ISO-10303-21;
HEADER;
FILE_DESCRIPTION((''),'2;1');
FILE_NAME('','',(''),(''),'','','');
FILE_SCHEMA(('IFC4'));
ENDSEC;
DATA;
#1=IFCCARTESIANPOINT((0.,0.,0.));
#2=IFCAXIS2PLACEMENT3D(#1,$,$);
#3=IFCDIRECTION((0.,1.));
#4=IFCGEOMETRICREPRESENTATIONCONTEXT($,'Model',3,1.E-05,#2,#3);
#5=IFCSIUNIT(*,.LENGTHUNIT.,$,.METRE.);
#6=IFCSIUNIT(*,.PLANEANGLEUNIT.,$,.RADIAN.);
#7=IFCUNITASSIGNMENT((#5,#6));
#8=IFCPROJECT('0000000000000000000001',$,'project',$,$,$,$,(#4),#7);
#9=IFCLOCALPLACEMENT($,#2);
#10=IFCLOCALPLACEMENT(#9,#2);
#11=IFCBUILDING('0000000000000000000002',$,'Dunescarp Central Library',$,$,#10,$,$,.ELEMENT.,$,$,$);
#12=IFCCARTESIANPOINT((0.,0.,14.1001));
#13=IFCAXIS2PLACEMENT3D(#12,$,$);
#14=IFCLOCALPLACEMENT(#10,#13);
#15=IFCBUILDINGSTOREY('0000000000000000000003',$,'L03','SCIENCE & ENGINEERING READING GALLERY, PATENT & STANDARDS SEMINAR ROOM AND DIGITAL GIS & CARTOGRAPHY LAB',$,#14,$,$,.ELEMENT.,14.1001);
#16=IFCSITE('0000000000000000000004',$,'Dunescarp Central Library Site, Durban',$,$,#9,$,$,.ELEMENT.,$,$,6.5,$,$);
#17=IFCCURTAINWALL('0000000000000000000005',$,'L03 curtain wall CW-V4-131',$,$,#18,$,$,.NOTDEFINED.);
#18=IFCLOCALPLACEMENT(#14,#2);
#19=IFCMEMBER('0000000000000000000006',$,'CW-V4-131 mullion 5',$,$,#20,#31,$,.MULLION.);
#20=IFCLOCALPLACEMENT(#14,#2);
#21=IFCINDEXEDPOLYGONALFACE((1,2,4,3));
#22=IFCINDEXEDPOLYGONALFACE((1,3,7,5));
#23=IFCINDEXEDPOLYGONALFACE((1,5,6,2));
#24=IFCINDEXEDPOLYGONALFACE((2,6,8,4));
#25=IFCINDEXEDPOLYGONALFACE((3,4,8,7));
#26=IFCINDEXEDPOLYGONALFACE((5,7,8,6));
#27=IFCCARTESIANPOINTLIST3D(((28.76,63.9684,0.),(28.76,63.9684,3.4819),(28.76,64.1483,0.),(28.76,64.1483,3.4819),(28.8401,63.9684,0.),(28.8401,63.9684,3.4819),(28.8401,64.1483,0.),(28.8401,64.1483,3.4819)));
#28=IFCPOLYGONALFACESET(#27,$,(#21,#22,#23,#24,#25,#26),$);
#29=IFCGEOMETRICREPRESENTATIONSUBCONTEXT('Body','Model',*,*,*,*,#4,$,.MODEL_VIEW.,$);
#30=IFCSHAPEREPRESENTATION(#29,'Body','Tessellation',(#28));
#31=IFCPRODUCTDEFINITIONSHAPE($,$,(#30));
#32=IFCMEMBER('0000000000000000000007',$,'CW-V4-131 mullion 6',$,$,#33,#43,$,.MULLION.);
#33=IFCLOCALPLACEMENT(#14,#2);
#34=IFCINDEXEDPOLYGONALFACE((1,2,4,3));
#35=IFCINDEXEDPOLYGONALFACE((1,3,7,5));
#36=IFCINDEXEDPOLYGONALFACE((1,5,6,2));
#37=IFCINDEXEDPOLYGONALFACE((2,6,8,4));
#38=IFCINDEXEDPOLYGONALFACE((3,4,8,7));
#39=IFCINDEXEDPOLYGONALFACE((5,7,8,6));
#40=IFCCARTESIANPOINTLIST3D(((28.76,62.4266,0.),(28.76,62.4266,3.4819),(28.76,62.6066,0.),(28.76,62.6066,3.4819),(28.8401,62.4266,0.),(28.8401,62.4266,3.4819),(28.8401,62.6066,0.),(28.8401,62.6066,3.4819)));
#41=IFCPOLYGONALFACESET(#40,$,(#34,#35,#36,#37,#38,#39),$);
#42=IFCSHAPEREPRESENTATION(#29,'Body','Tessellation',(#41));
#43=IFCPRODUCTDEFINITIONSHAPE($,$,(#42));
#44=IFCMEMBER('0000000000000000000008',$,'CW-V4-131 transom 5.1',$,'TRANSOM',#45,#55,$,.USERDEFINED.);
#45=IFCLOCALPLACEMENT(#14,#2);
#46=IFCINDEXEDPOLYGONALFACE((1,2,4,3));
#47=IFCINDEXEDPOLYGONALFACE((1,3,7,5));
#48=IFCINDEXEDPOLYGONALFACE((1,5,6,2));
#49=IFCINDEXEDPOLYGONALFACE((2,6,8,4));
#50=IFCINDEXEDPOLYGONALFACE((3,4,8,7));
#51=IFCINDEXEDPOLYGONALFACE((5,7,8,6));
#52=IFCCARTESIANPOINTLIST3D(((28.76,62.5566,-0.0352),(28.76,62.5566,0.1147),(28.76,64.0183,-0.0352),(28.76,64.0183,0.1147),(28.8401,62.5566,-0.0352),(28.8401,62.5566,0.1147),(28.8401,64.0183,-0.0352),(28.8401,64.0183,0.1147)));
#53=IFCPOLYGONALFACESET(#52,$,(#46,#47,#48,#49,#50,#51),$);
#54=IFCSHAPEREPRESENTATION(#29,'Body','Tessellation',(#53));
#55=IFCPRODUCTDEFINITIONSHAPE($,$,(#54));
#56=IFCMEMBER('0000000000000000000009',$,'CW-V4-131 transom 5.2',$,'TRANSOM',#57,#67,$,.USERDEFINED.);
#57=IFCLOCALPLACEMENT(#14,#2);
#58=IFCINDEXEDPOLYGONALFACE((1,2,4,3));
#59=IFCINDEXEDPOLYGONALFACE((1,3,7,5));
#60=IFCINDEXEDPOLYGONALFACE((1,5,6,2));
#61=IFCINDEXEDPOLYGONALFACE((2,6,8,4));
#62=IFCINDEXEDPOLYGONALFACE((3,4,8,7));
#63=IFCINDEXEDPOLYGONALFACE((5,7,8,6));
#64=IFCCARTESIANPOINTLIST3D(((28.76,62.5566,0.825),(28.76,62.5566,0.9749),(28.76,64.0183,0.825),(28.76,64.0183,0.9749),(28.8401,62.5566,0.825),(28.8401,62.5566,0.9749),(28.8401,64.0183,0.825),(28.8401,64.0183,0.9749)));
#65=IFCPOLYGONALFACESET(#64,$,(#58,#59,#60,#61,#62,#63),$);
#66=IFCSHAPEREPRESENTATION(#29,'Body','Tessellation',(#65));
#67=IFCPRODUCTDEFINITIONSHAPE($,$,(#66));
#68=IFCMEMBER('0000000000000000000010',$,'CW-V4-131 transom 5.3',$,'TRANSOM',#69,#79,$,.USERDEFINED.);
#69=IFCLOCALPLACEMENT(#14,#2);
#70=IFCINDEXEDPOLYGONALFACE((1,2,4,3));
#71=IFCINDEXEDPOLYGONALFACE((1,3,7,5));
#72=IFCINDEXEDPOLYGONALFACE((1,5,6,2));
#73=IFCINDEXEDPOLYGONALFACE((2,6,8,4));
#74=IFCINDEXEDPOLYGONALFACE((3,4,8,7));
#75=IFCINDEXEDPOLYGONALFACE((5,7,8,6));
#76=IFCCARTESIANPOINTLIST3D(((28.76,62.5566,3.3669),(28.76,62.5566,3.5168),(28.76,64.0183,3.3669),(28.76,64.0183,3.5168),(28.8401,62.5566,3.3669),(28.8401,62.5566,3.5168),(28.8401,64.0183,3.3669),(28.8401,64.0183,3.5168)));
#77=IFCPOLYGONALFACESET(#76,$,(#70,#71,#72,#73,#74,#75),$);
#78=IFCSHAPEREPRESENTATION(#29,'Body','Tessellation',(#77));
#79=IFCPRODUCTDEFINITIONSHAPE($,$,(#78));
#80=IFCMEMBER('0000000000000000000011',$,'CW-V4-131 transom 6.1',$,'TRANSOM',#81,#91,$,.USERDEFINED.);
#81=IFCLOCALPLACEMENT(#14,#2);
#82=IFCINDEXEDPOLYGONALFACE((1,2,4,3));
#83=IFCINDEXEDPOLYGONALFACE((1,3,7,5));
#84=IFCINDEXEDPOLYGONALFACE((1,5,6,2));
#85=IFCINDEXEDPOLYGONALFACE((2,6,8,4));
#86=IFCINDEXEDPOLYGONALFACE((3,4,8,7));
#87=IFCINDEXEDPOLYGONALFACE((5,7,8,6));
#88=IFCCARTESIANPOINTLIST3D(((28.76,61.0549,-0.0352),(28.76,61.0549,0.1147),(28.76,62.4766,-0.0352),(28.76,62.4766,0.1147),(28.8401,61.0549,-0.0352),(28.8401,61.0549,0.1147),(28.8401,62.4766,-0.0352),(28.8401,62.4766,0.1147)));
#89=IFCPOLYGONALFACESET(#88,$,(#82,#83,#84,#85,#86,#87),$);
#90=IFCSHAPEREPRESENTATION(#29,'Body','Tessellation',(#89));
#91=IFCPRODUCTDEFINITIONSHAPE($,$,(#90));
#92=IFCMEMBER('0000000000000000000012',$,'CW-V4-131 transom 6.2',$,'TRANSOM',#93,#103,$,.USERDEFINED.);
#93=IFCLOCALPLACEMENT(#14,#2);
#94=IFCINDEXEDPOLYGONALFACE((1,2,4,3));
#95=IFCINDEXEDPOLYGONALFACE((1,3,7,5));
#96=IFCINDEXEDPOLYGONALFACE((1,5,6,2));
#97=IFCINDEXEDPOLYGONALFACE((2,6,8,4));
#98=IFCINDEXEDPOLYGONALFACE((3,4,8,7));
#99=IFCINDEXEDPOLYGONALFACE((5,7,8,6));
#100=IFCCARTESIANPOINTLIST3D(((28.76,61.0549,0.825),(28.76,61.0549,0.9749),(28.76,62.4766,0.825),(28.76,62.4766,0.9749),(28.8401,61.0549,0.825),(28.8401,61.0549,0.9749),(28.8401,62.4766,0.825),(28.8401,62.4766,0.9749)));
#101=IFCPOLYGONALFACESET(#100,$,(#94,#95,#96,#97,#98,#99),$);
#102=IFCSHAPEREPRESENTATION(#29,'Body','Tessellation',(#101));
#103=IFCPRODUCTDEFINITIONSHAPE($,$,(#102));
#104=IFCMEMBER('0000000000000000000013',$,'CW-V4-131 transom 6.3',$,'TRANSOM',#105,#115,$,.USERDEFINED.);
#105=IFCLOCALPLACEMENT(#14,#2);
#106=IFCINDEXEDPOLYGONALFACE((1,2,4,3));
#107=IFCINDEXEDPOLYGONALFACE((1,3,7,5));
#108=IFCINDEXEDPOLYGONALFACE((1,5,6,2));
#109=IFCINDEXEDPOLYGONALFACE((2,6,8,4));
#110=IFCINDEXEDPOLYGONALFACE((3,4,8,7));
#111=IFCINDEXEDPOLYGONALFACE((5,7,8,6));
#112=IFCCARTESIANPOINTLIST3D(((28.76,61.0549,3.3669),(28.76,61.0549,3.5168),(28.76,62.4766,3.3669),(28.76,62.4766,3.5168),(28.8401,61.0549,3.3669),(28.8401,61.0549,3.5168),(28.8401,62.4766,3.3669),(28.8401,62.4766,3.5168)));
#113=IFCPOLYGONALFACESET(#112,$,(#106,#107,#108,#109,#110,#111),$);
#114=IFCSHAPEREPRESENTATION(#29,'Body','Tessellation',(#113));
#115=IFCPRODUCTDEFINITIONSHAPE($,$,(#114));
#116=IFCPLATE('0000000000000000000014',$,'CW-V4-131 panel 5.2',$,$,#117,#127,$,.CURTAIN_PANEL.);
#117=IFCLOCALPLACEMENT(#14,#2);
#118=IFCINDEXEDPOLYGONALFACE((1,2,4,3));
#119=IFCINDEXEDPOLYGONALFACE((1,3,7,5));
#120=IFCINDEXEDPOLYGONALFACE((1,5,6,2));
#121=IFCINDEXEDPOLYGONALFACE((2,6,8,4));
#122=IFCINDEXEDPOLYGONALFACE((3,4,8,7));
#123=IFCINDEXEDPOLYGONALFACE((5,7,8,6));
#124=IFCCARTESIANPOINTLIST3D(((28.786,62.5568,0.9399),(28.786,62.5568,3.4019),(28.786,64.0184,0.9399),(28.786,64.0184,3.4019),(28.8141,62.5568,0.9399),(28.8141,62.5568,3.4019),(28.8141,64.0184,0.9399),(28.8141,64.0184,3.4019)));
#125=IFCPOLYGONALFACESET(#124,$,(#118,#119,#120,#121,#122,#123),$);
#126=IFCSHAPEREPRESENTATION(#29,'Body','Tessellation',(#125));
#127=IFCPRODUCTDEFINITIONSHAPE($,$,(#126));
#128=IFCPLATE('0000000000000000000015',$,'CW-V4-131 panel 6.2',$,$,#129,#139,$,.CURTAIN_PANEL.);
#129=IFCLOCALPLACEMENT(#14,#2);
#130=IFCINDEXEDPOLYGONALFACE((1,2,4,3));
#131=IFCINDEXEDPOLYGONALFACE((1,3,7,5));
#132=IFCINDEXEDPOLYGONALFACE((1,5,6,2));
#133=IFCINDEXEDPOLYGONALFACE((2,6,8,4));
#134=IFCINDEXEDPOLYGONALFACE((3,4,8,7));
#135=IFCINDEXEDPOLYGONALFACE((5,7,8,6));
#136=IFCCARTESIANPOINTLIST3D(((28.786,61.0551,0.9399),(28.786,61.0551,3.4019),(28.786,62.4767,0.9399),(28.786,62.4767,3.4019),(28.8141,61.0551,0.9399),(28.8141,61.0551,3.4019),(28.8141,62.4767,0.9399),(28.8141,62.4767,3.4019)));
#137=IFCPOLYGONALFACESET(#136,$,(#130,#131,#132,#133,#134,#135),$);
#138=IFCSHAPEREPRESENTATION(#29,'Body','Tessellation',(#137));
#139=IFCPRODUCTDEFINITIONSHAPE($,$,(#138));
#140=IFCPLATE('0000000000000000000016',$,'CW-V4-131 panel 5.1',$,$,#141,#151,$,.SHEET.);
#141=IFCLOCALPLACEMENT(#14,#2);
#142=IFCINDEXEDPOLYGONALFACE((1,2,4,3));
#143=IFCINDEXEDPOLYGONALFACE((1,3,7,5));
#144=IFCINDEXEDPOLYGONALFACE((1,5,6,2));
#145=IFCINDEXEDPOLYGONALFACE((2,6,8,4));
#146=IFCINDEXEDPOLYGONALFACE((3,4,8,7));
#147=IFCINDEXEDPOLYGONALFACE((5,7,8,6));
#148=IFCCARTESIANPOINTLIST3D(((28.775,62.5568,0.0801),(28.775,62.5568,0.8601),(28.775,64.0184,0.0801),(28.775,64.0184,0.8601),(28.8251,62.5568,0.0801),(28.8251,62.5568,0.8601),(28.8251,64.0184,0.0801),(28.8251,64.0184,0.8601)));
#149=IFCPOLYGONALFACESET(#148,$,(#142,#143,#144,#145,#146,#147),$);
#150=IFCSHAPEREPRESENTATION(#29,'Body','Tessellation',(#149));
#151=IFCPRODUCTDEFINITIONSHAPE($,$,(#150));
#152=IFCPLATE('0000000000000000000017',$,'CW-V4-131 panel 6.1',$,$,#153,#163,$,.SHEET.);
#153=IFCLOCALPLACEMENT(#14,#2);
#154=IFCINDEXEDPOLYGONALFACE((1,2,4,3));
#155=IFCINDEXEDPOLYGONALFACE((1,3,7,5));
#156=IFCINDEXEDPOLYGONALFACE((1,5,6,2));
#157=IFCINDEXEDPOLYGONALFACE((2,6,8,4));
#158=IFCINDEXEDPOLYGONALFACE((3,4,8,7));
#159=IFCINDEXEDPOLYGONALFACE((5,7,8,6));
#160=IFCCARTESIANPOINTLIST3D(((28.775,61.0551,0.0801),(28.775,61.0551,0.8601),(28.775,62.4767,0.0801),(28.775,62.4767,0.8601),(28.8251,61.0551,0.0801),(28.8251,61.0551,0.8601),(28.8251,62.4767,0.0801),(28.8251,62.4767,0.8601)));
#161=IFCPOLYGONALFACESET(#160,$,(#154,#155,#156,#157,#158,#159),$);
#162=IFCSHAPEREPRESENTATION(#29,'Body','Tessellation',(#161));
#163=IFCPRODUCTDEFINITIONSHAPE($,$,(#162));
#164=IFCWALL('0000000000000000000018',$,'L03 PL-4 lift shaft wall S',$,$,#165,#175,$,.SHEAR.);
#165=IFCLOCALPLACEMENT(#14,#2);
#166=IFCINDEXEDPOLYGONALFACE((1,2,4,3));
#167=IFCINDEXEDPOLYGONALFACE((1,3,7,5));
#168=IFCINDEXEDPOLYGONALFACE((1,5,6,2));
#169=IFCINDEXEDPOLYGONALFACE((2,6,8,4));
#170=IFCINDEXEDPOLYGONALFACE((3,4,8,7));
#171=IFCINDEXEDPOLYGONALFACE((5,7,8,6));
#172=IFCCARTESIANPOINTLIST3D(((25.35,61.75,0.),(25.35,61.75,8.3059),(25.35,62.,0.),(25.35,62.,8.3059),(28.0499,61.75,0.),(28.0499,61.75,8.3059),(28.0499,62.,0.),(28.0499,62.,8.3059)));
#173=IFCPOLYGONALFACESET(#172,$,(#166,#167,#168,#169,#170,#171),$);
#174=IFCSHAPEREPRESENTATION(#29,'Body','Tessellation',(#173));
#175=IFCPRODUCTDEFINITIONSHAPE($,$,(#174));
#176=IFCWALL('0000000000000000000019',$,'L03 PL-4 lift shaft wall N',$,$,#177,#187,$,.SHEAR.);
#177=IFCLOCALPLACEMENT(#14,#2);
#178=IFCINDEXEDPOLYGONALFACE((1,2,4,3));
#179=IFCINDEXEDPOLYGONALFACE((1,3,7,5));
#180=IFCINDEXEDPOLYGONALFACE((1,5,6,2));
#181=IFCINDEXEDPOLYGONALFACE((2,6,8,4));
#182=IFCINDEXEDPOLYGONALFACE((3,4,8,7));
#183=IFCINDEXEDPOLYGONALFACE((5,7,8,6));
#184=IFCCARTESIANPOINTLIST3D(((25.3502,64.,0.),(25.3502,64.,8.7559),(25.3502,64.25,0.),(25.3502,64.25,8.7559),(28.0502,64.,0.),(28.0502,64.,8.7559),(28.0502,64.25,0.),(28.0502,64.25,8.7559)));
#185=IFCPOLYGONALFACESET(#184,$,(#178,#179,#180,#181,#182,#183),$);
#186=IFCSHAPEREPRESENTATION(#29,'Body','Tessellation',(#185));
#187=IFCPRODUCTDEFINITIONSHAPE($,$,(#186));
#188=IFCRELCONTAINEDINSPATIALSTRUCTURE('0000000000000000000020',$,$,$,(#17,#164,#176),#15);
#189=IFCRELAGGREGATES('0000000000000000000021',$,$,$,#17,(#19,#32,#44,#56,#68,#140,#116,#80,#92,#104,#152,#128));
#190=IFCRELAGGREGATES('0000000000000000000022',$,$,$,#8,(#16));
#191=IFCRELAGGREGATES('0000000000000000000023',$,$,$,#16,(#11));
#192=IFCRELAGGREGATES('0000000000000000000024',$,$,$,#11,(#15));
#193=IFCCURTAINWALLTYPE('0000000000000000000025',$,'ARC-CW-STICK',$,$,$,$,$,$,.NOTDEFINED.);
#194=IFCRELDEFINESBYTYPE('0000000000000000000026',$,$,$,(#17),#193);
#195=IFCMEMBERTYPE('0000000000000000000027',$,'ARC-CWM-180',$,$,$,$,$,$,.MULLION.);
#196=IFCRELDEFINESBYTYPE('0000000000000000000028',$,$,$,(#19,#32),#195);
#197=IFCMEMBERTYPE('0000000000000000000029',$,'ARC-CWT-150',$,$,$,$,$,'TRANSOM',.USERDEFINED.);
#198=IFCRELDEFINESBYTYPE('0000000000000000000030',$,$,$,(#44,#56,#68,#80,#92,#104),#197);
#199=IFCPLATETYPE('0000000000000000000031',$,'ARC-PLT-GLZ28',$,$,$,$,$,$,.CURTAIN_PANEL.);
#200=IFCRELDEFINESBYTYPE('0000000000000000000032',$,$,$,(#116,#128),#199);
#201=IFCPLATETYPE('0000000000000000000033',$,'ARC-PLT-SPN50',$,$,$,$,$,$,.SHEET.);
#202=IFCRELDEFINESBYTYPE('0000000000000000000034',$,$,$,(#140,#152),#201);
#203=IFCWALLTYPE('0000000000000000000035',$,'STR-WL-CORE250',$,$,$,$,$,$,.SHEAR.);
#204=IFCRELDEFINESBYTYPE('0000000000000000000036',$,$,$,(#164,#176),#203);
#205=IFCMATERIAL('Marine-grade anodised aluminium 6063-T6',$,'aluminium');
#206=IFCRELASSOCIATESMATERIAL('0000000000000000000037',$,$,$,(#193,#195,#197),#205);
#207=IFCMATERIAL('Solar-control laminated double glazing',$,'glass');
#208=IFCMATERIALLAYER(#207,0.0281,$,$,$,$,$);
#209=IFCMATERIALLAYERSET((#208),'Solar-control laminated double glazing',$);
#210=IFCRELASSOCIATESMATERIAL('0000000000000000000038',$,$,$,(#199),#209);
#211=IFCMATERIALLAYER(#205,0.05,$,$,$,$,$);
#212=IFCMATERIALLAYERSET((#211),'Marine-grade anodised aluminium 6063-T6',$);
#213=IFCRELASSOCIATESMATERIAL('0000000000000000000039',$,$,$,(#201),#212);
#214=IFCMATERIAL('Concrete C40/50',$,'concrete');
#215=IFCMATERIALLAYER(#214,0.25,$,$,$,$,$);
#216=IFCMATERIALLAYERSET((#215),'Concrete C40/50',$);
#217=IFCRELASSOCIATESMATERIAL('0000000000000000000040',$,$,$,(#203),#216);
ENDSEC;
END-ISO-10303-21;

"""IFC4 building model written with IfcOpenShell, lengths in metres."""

from ifc_helpers import new_model, si_unit, direction, frame, frame_2d, origin, origin_2d, place, context, subcontext, project, spatial, rectangle, extrude, material, layer, layer_set, material_profile, profile_set, type_object, element, aggregate, save


model = new_model("IFC4")

# Units and contexts
model_context = context("Model", 3, precision=1e-05, world=origin(), true_north=direction((0.0, 1.0)))
body_context = subcontext(model_context, "Body", "Model", "MODEL_VIEW")
ifc_project = project(units=[si_unit("LENGTHUNIT", "METRE"), si_unit("PLANEANGLEUNIT", "RADIAN")], contexts=[model_context])

# Site, building, storey
site_placement = place(None, origin())
site = spatial("IfcSite", under=ifc_project, at=site_placement, Name="Dunescarp Central Library Site, Durban", CompositionType="ELEMENT", RefElevation=6.5)
building_placement = place(site_placement, origin())
building = spatial("IfcBuilding", under=site, at=building_placement, Name="Dunescarp Central Library", CompositionType="ELEMENT")
storey_placement = place(building_placement, frame((0.0, 0.0, 14.1001)))
storey = spatial("IfcBuildingStorey", under=building, at=storey_placement, Name="L03", Description="SCIENCE & ENGINEERING READING GALLERY, PATENT & STANDARDS SEMINAR ROOM AND DIGITAL GIS & CARTOGRAPHY LAB", CompositionType="ELEMENT", Elevation=14.1001)

# Curtain wall, members, plates
ifc_material_1 = material(Name="Marine-grade anodised aluminium 6063-T6", Category="aluminium")
curtain_wall_type = type_object("IfcCurtainWallType", Name="ARC-CW-STICK", PredefinedType="NOTDEFINED", material=ifc_material_1)
curtain_wall_placement = place(storey_placement, origin())
curtain_wall = element("IfcCurtainWall", 1, at=curtain_wall_placement, inside=storey, type_object=curtain_wall_type, Name="L03 curtain wall CW-V4-131", PredefinedType="NOTDEFINED")
ifc_material_profile_1 = material_profile(ifc_material_1, rectangle(XDim=0.0801, YDim=0.1799, at=origin_2d()), Name="AL 80x180")
ifc_profile_set_1 = profile_set([ifc_material_profile_1], Name="Marine-grade anodised aluminium 6063-T6")
member_type_1 = type_object("IfcMemberType", Name="ARC-CWM-180", PredefinedType="MULLION", material=ifc_profile_set_1)
member_1_placement = place(storey_placement, frame((28.8, 64.0583, 0.0), z_axis=(0.0, 0.0, 1.0), x_axis=(1.0, 0.0, 0.0)))
member_1 = element("IfcMember", 2, at=member_1_placement, type_object=member_type_1, Name="CW-V4-131 mullion 5", PredefinedType="MULLION", context=body_context, shape_type="SweptSolid", body=[
    extrude(rectangle(XDim=0.0801, YDim=0.1799, at=origin_2d()), origin(), (0.0, 0.0, 1.0), 3.4819),
])
member_2_placement = place(storey_placement, frame((28.8, 62.5166, 0.0), z_axis=(0.0, 0.0, 1.0), x_axis=(1.0, 0.0, 0.0)))
member_2 = element("IfcMember", 3, at=member_2_placement, type_object=member_type_1, Name="CW-V4-131 mullion 6", PredefinedType="MULLION", context=body_context, shape_type="SweptSolid", body=[
    extrude(rectangle(XDim=0.0801, YDim=0.1799, at=origin_2d()), origin(), (0.0, 0.0, 1.0), 3.4819),
])
ifc_material_profile_2 = material_profile(ifc_material_1, rectangle(XDim=0.0801, YDim=0.1499, at=origin_2d()), Name="AL 80x150")
ifc_profile_set_2 = profile_set([ifc_material_profile_2], Name="Marine-grade anodised aluminium 6063-T6")
member_type_2 = type_object("IfcMemberType", Name="ARC-CWT-150", ElementType="TRANSOM", PredefinedType="USERDEFINED", material=ifc_profile_set_2)
member_3_placement = place(storey_placement, frame((28.8, 64.0183, 0.0398), z_axis=(0.0, -1.0, 0.0), x_axis=(1.0, 0.0, 0.0)))
member_3 = element("IfcMember", 4, at=member_3_placement, type_object=member_type_2, Name="CW-V4-131 transom 5.1", ObjectType="TRANSOM", PredefinedType="USERDEFINED", context=body_context, shape_type="SweptSolid", body=[
    extrude(rectangle(XDim=0.0801, YDim=0.1499, at=origin_2d()), origin(), (0.0, 0.0, 1.0), 1.4617),
])
member_4_placement = place(storey_placement, frame((28.8, 64.0183, 0.8999), z_axis=(0.0, -1.0, 0.0), x_axis=(1.0, 0.0, 0.0)))
member_4 = element("IfcMember", 5, at=member_4_placement, type_object=member_type_2, Name="CW-V4-131 transom 5.2", ObjectType="TRANSOM", PredefinedType="USERDEFINED", context=body_context, shape_type="SweptSolid", body=[
    extrude(rectangle(XDim=0.0801, YDim=0.1499, at=origin_2d()), origin(), (0.0, 0.0, 1.0), 1.4617),
])
member_5_placement = place(storey_placement, frame((28.8, 64.0183, 3.4419), z_axis=(0.0, -1.0, 0.0), x_axis=(1.0, 0.0, 0.0)))
member_5 = element("IfcMember", 6, at=member_5_placement, type_object=member_type_2, Name="CW-V4-131 transom 5.3", ObjectType="TRANSOM", PredefinedType="USERDEFINED", context=body_context, shape_type="SweptSolid", body=[
    extrude(rectangle(XDim=0.0801, YDim=0.1499, at=origin_2d()), origin(), (0.0, 0.0, 1.0), 1.4617),
])
member_6_placement = place(storey_placement, frame((28.8, 62.4766, 0.0398), z_axis=(0.0, -1.0, 0.0), x_axis=(1.0, 0.0, 0.0)))
member_6 = element("IfcMember", 7, at=member_6_placement, type_object=member_type_2, Name="CW-V4-131 transom 6.1", ObjectType="TRANSOM", PredefinedType="USERDEFINED", context=body_context, shape_type="SweptSolid", body=[
    extrude(rectangle(XDim=0.0801, YDim=0.1499, at=origin_2d()), origin(), (0.0, 0.0, 1.0), 1.4216),
])
member_7_placement = place(storey_placement, frame((28.8, 62.4766, 0.8999), z_axis=(0.0, -1.0, 0.0), x_axis=(1.0, 0.0, 0.0)))
member_7 = element("IfcMember", 8, at=member_7_placement, type_object=member_type_2, Name="CW-V4-131 transom 6.2", ObjectType="TRANSOM", PredefinedType="USERDEFINED", context=body_context, shape_type="SweptSolid", body=[
    extrude(rectangle(XDim=0.0801, YDim=0.1499, at=origin_2d()), origin(), (0.0, 0.0, 1.0), 1.4216),
])
member_8_placement = place(storey_placement, frame((28.8, 62.4766, 3.4419), z_axis=(0.0, -1.0, 0.0), x_axis=(1.0, 0.0, 0.0)))
member_8 = element("IfcMember", 9, at=member_8_placement, type_object=member_type_2, Name="CW-V4-131 transom 6.3", ObjectType="TRANSOM", PredefinedType="USERDEFINED", context=body_context, shape_type="SweptSolid", body=[
    extrude(rectangle(XDim=0.0801, YDim=0.1499, at=origin_2d()), origin(), (0.0, 0.0, 1.0), 1.4216),
])
ifc_material_2 = material(Name="Solar-control laminated double glazing", Category="glass")
ifc_layer_1 = layer(ifc_material_2, 0.0281)
ifc_layer_set_1 = layer_set([ifc_layer_1], Name="Solar-control laminated double glazing")
plate_type_1 = type_object("IfcPlateType", Name="ARC-PLT-GLZ28", PredefinedType="CURTAIN_PANEL", material=ifc_layer_set_1)
plate_1_placement = place(storey_placement, frame((28.8, 63.2876, 0.9399), z_axis=(0.0, 0.0, 1.0), x_axis=(0.0, -1.0, 0.0)))
plate_1 = element("IfcPlate", 10, at=plate_1_placement, type_object=plate_type_1, Name="CW-V4-131 panel 5.2", PredefinedType="CURTAIN_PANEL", context=body_context, shape_type="SweptSolid", body=[
    extrude(rectangle(XDim=1.4617, YDim=0.0281, at=origin_2d()), origin(), (0.0, 0.0, 1.0), 2.4619),
])
plate_2_placement = place(storey_placement, frame((28.8, 61.7659, 0.9399), z_axis=(0.0, 0.0, 1.0), x_axis=(0.0, -1.0, 0.0)))
plate_2 = element("IfcPlate", 11, at=plate_2_placement, type_object=plate_type_1, Name="CW-V4-131 panel 6.2", PredefinedType="CURTAIN_PANEL", context=body_context, shape_type="SweptSolid", body=[
    extrude(rectangle(XDim=1.4216, YDim=0.0281, at=origin_2d()), origin(), (0.0, 0.0, 1.0), 2.4619),
])
ifc_layer_2 = layer(ifc_material_1, 0.05)
ifc_layer_set_2 = layer_set([ifc_layer_2], Name="Marine-grade anodised aluminium 6063-T6")
plate_type_2 = type_object("IfcPlateType", Name="ARC-PLT-SPN50", PredefinedType="SHEET", material=ifc_layer_set_2)
plate_3_placement = place(storey_placement, frame((28.8, 63.2876, 0.0801), z_axis=(0.0, 0.0, 1.0), x_axis=(0.0, -1.0, 0.0)))
plate_3 = element("IfcPlate", 12, at=plate_3_placement, type_object=plate_type_2, Name="CW-V4-131 panel 5.1", PredefinedType="SHEET", context=body_context, shape_type="SweptSolid", body=[
    extrude(rectangle(XDim=1.4617, YDim=0.05, at=origin_2d()), origin(), (0.0, 0.0, 1.0), 0.78),
])
plate_4_placement = place(storey_placement, frame((28.8, 61.7659, 0.0801), z_axis=(0.0, 0.0, 1.0), x_axis=(0.0, -1.0, 0.0)))
plate_4 = element("IfcPlate", 13, at=plate_4_placement, type_object=plate_type_2, Name="CW-V4-131 panel 6.1", PredefinedType="SHEET", context=body_context, shape_type="SweptSolid", body=[
    extrude(rectangle(XDim=1.4216, YDim=0.05, at=origin_2d()), origin(), (0.0, 0.0, 1.0), 0.78),
])
aggregate(curtain_wall, [member_1, member_2, member_3, member_4, member_5, plate_3, plate_1, member_6, member_7, member_8, plate_4, plate_2])

# Walls
ifc_material_3 = material(Name="Concrete C40/50", Category="concrete")
ifc_layer_3 = layer(ifc_material_3, 0.25)
ifc_layer_set_3 = layer_set([ifc_layer_3], Name="Concrete C40/50")
wall_type = type_object("IfcWallType", Name="STR-WL-CORE250", PredefinedType="SHEAR", material=ifc_layer_set_3)
wall_1_placement = place(storey_placement, frame((28.05, 61.875, 0.0), z_axis=(0.0, 0.0, 1.0), x_axis=(-1.0, 0.0, 0.0)))
element("IfcWall", 14, at=wall_1_placement, inside=storey, type_object=wall_type, Name="L03 PL-4 lift shaft wall S", PredefinedType="SHEAR", context=body_context, shape_type="SweptSolid", body=[
    extrude(rectangle(XDim=2.7, YDim=0.25, at=frame_2d((1.3501, 0.0))), origin(), (0.0, 0.0, 1.0), 8.3059),
])
wall_2_placement = place(storey_placement, frame((25.3501, 64.125, 0.0), z_axis=(0.0, 0.0, 1.0), x_axis=(1.0, 0.0, 0.0)))
element("IfcWall", 15, at=wall_2_placement, inside=storey, type_object=wall_type, Name="L03 PL-4 lift shaft wall N", PredefinedType="SHEAR", context=body_context, shape_type="SweptSolid", body=[
    extrude(rectangle(XDim=2.7, YDim=0.25, at=frame_2d((1.3501, 0.0))), origin(), (0.0, 0.0, 1.0), 8.7559),
])

save(model, "model.ifc")
